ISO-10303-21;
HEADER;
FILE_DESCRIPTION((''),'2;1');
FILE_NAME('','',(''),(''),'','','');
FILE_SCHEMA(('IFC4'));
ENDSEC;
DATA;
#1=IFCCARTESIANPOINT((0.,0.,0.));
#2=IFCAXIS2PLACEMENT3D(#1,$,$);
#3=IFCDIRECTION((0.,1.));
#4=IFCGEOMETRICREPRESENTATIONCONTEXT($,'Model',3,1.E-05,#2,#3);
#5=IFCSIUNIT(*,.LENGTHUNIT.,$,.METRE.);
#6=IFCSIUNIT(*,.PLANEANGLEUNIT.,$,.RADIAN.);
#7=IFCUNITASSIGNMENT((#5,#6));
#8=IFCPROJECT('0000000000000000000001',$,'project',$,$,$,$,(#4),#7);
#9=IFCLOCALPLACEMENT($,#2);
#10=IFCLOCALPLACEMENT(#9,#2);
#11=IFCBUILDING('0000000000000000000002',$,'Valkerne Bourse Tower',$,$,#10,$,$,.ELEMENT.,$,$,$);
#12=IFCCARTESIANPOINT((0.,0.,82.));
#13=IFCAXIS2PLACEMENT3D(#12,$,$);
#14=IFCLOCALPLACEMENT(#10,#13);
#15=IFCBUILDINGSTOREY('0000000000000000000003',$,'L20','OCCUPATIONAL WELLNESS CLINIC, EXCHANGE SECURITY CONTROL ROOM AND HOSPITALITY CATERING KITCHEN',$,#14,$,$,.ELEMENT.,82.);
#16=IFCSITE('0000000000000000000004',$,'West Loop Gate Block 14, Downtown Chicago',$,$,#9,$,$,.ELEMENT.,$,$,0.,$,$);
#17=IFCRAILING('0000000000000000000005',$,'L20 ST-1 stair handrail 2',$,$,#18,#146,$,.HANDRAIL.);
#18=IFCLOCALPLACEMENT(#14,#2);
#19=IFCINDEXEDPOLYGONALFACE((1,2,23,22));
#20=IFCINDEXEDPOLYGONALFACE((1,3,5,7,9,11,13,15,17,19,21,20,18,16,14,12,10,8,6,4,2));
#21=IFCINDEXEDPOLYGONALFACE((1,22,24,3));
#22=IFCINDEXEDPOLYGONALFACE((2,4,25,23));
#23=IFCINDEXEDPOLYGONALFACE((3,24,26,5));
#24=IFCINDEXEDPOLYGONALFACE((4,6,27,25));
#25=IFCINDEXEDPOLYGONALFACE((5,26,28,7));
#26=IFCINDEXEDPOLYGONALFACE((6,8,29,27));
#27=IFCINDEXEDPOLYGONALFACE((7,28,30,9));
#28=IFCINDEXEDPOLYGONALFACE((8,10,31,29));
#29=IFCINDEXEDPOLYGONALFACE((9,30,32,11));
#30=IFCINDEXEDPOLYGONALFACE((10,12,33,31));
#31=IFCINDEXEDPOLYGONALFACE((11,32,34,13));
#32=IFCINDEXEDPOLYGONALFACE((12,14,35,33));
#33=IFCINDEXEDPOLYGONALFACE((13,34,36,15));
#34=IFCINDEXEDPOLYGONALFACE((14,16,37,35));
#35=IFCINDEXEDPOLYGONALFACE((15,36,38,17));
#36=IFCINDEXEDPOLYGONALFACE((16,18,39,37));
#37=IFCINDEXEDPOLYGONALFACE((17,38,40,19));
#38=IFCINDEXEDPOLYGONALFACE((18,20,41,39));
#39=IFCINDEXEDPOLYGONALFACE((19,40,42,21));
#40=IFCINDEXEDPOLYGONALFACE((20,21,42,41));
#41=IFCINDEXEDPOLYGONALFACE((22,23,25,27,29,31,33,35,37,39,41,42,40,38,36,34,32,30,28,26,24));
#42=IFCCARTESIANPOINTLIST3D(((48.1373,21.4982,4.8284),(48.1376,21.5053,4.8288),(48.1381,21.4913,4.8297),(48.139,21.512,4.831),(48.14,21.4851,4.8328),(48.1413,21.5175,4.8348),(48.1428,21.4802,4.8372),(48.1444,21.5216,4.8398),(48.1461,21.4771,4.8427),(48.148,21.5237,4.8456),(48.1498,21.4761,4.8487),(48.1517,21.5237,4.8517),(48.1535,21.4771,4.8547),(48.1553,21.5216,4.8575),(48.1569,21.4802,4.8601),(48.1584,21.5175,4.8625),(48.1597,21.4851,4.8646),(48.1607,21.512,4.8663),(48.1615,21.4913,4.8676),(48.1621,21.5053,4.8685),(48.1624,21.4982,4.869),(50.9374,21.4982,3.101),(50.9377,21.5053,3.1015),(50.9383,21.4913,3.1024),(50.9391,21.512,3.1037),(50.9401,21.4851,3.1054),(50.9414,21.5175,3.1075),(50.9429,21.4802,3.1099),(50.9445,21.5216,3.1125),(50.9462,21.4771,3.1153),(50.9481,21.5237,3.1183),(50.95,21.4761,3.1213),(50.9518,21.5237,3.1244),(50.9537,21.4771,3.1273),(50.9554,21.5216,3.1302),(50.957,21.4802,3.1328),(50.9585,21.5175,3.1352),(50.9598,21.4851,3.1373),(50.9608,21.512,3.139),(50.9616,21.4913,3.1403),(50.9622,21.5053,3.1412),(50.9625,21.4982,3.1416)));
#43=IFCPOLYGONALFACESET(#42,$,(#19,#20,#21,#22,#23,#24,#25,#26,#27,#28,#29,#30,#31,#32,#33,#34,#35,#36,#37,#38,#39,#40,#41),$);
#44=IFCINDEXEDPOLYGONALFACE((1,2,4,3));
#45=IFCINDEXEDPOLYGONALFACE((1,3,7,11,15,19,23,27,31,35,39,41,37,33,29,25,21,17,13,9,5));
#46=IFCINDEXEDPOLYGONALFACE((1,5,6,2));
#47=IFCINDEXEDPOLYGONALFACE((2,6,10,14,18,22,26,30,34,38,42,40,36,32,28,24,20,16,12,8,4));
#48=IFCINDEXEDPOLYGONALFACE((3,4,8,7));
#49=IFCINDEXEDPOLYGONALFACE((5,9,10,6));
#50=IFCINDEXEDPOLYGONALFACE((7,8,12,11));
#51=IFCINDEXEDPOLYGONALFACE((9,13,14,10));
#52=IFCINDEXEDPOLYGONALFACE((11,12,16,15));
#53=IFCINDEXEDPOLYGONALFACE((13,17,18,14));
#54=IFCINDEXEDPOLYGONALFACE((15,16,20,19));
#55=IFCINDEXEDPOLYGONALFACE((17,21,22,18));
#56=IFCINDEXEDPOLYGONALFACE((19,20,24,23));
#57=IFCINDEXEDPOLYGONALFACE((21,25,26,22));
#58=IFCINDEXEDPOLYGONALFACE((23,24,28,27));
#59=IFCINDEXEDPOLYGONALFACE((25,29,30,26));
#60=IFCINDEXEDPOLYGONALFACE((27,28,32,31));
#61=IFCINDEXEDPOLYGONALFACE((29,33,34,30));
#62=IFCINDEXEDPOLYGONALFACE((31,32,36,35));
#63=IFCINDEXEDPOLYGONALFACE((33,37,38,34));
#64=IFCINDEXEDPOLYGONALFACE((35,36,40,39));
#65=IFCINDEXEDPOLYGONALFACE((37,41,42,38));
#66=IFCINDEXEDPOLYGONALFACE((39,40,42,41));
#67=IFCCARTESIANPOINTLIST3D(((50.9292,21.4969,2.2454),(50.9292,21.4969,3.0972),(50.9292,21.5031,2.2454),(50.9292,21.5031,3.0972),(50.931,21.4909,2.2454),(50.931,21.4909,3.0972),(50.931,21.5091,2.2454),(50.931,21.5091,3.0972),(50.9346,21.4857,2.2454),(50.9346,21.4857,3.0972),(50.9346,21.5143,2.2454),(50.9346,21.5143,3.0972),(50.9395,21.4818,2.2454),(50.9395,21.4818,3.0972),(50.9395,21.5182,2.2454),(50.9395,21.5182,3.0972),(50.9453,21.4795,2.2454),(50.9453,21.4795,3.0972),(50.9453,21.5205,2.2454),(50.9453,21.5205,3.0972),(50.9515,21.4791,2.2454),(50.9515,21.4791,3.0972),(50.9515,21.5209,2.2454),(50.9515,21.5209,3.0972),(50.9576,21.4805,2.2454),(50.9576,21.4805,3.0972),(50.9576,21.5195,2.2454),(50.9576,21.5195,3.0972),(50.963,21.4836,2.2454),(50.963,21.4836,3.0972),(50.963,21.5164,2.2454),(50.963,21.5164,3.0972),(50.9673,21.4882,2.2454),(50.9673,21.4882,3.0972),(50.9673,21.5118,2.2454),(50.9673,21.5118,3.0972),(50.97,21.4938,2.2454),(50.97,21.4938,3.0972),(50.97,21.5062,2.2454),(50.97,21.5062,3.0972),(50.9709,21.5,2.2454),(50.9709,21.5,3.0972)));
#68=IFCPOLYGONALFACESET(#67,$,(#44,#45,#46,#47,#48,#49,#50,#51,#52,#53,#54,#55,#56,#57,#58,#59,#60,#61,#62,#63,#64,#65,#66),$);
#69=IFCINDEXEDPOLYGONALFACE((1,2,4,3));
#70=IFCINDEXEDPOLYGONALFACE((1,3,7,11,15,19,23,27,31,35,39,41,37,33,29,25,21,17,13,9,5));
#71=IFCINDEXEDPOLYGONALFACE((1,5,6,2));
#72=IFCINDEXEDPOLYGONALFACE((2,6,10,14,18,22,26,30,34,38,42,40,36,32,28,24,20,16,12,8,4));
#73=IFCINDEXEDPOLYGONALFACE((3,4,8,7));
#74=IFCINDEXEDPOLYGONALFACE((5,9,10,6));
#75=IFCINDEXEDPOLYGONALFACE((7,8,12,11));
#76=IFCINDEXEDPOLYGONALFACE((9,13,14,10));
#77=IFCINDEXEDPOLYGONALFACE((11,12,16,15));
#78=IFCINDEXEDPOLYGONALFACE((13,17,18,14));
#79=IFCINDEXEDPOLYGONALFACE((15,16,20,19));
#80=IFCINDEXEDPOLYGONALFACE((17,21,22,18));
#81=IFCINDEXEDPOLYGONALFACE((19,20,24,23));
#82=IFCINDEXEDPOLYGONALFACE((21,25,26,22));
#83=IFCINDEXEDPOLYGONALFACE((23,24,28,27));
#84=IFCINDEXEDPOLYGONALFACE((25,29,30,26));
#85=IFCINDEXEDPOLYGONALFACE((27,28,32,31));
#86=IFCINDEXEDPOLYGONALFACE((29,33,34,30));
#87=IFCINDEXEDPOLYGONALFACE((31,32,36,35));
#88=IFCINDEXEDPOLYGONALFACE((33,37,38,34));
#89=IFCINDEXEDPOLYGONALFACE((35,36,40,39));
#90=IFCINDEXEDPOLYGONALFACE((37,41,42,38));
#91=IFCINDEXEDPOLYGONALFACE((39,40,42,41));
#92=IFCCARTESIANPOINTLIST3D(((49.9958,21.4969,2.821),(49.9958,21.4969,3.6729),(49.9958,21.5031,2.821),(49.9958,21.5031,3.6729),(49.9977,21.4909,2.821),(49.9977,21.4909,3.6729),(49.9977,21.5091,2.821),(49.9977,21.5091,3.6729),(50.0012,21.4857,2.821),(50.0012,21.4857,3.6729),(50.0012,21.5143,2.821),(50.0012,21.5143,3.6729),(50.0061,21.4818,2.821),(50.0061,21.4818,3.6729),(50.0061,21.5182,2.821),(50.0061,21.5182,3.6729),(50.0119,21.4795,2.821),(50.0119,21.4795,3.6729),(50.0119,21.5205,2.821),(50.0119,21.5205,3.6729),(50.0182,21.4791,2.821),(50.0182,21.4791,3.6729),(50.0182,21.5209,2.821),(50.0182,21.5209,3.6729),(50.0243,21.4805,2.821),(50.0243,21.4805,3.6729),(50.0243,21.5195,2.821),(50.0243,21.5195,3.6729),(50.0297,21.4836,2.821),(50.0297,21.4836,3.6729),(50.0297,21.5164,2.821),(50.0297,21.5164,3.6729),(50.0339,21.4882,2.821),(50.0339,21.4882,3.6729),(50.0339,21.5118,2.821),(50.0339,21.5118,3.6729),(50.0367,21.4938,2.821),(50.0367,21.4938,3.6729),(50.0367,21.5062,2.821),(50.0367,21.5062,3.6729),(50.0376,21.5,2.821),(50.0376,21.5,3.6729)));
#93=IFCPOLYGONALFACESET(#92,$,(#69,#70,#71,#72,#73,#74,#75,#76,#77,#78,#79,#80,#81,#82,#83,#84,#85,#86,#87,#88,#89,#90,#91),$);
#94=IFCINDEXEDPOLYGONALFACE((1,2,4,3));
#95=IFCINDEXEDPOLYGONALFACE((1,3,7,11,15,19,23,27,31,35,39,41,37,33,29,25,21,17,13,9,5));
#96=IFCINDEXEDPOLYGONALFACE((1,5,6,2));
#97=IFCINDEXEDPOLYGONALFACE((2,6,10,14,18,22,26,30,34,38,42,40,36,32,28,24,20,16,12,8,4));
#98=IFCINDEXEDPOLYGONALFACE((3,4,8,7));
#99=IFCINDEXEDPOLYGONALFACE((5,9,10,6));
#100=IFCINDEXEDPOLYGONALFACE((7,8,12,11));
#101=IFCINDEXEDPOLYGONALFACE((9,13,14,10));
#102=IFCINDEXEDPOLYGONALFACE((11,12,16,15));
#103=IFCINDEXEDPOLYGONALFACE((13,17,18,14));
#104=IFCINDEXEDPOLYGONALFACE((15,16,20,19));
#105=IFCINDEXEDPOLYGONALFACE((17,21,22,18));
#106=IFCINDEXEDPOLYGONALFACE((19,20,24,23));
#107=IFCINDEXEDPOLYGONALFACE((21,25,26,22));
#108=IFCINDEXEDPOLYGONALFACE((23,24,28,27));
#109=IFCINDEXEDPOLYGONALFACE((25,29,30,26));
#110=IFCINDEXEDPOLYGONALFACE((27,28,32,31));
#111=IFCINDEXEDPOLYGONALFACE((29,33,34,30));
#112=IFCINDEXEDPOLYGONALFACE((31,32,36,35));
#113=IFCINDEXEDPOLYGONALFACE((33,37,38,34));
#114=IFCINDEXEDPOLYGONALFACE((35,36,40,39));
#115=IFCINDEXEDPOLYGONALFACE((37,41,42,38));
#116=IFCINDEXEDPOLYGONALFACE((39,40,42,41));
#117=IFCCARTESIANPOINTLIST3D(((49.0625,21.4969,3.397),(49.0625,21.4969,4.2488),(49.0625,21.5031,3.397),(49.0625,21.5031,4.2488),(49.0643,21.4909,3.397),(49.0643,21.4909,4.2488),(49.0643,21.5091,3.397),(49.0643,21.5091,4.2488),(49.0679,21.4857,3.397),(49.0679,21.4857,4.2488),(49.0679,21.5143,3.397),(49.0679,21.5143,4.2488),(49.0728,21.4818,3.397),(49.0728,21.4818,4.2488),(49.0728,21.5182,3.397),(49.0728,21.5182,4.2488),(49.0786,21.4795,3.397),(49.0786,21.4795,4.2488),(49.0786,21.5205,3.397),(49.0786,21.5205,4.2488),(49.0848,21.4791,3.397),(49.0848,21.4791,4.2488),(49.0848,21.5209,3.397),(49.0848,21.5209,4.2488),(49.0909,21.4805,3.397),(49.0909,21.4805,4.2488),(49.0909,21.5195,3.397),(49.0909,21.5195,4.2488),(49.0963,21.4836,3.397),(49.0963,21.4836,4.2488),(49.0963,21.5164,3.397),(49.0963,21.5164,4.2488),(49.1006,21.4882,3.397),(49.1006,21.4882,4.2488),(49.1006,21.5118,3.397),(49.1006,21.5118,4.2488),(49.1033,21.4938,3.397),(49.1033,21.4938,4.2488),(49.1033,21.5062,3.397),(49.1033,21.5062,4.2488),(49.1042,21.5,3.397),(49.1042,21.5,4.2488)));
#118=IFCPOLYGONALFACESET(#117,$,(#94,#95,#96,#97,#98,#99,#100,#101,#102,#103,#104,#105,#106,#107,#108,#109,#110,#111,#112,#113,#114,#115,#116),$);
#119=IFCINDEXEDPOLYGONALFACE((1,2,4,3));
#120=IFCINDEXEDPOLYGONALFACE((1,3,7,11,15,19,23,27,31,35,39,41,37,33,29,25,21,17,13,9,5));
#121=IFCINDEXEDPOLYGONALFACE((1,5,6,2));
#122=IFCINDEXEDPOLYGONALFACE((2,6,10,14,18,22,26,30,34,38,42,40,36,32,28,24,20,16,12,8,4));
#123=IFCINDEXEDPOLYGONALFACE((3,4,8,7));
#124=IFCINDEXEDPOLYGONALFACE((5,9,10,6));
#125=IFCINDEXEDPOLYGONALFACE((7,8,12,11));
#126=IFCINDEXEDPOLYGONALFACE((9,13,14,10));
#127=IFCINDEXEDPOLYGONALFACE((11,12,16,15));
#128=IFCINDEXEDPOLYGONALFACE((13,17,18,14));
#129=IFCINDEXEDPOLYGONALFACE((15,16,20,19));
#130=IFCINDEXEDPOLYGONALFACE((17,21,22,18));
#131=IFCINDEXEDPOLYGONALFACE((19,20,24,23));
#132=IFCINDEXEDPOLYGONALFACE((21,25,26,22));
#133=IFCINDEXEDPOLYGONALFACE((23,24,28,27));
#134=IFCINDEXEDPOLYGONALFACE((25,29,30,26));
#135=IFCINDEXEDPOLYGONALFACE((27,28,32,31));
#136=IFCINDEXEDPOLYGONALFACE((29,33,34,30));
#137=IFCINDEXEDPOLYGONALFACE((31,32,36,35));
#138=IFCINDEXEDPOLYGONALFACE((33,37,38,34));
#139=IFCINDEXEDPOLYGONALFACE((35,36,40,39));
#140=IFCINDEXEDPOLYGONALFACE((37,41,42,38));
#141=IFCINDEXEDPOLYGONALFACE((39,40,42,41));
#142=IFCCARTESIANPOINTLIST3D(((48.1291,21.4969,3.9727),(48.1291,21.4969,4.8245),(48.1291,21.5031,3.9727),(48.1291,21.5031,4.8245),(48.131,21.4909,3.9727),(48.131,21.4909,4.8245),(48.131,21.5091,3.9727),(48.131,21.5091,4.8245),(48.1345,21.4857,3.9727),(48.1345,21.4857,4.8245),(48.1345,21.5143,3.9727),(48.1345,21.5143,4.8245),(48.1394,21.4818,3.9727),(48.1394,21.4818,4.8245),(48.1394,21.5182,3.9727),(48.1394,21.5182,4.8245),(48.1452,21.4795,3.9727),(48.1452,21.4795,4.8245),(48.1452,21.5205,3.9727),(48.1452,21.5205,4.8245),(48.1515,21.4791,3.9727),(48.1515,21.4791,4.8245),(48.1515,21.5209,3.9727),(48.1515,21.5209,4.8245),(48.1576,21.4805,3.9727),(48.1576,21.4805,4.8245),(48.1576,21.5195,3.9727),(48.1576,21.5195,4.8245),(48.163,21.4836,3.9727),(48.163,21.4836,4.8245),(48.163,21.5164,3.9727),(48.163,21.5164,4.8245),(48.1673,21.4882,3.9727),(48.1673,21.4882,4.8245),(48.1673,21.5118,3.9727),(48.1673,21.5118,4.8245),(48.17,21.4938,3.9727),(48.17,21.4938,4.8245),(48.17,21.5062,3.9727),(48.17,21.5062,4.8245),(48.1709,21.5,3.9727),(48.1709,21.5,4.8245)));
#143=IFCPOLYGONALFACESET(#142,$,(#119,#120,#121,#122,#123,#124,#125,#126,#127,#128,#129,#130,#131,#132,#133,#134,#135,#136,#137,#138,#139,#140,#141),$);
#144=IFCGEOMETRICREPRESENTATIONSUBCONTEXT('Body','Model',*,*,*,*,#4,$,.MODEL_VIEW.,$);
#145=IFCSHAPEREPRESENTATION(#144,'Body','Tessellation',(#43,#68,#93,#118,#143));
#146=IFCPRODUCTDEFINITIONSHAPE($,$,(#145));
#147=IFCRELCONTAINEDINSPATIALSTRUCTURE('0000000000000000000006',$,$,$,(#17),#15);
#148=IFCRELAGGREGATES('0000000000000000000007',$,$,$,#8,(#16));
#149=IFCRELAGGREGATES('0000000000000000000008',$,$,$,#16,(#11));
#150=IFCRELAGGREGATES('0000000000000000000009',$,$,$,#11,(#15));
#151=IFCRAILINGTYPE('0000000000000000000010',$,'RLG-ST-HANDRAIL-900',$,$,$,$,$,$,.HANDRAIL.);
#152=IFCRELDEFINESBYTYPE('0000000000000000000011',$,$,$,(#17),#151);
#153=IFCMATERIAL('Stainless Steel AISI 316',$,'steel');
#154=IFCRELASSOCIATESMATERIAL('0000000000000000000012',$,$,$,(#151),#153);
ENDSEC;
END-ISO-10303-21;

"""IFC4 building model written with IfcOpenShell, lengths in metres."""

from ifc_helpers import new_model, si_unit, direction, frame, origin, origin_2d, place, context, subcontext, project, spatial, circle, extrude, material, type_object, element, save


model = new_model("IFC4")

# Units and contexts
model_context = context("Model", 3, precision=1e-05, world=origin(), true_north=direction((0.0, 1.0)))
body_context = subcontext(model_context, "Body", "Model", "MODEL_VIEW")
ifc_project = project(units=[si_unit("LENGTHUNIT", "METRE"), si_unit("PLANEANGLEUNIT", "RADIAN")], contexts=[model_context])

# Site, building, storey
site_placement = place(None, origin())
site = spatial("IfcSite", under=ifc_project, at=site_placement, Name="West Loop Gate Block 14, Downtown Chicago", CompositionType="ELEMENT", RefElevation=0.0)
building_placement = place(site_placement, origin())
building = spatial("IfcBuilding", under=site, at=building_placement, Name="Valkerne Bourse Tower", CompositionType="ELEMENT")
storey_placement = place(building_placement, frame((0.0, 0.0, 82.0)))
storey = spatial("IfcBuildingStorey", under=building, at=storey_placement, Name="L20", Description="OCCUPATIONAL WELLNESS CLINIC, EXCHANGE SECURITY CONTROL ROOM AND HOSPITALITY CATERING KITCHEN", CompositionType="ELEMENT", Elevation=82.0)

# Shared definitions
ifc_material_1 = material(Name="Stainless Steel AISI 316", Category="steel")

# Railing
railing_type_1 = type_object("IfcRailingType", Name="RLG-ST-HANDRAIL-900", PredefinedType="HANDRAIL", material=ifc_material_1)
railing_1_placement = place(storey_placement, frame((50.95, 21.5, 2.2454)))
element("IfcRailing", 1, at=railing_1_placement, inside=storey, type_object=railing_type_1, Name="L20 ST-1 stair handrail 2", PredefinedType="HANDRAIL", context=body_context, shape_type="SweptSolid", body=[
    extrude(circle(Radius=0.0239, at=origin_2d()), frame((0.0, 0.0, 0.876), z_axis=(-0.85109, 0.0, 0.52502), x_axis=(0.0, -1.0, 0.0)), (0.0, 0.0, 1.0), 3.29),
    extrude(circle(Radius=0.021, at=origin_2d()), origin(), (0.0, 0.0, 1.0), 0.8518),
    extrude(circle(Radius=0.021, at=origin_2d()), frame((-0.9333, 0.0, 0.5757)), (0.0, 0.0, 1.0), 0.8518),
    extrude(circle(Radius=0.021, at=origin_2d()), frame((-1.8667, 0.0, 1.1516)), (0.0, 0.0, 1.0), 0.8518),
    extrude(circle(Radius=0.021, at=origin_2d()), frame((-2.8, 0.0, 1.7273)), (0.0, 0.0, 1.0), 0.8518),
])

save(model, "model.ifc")
